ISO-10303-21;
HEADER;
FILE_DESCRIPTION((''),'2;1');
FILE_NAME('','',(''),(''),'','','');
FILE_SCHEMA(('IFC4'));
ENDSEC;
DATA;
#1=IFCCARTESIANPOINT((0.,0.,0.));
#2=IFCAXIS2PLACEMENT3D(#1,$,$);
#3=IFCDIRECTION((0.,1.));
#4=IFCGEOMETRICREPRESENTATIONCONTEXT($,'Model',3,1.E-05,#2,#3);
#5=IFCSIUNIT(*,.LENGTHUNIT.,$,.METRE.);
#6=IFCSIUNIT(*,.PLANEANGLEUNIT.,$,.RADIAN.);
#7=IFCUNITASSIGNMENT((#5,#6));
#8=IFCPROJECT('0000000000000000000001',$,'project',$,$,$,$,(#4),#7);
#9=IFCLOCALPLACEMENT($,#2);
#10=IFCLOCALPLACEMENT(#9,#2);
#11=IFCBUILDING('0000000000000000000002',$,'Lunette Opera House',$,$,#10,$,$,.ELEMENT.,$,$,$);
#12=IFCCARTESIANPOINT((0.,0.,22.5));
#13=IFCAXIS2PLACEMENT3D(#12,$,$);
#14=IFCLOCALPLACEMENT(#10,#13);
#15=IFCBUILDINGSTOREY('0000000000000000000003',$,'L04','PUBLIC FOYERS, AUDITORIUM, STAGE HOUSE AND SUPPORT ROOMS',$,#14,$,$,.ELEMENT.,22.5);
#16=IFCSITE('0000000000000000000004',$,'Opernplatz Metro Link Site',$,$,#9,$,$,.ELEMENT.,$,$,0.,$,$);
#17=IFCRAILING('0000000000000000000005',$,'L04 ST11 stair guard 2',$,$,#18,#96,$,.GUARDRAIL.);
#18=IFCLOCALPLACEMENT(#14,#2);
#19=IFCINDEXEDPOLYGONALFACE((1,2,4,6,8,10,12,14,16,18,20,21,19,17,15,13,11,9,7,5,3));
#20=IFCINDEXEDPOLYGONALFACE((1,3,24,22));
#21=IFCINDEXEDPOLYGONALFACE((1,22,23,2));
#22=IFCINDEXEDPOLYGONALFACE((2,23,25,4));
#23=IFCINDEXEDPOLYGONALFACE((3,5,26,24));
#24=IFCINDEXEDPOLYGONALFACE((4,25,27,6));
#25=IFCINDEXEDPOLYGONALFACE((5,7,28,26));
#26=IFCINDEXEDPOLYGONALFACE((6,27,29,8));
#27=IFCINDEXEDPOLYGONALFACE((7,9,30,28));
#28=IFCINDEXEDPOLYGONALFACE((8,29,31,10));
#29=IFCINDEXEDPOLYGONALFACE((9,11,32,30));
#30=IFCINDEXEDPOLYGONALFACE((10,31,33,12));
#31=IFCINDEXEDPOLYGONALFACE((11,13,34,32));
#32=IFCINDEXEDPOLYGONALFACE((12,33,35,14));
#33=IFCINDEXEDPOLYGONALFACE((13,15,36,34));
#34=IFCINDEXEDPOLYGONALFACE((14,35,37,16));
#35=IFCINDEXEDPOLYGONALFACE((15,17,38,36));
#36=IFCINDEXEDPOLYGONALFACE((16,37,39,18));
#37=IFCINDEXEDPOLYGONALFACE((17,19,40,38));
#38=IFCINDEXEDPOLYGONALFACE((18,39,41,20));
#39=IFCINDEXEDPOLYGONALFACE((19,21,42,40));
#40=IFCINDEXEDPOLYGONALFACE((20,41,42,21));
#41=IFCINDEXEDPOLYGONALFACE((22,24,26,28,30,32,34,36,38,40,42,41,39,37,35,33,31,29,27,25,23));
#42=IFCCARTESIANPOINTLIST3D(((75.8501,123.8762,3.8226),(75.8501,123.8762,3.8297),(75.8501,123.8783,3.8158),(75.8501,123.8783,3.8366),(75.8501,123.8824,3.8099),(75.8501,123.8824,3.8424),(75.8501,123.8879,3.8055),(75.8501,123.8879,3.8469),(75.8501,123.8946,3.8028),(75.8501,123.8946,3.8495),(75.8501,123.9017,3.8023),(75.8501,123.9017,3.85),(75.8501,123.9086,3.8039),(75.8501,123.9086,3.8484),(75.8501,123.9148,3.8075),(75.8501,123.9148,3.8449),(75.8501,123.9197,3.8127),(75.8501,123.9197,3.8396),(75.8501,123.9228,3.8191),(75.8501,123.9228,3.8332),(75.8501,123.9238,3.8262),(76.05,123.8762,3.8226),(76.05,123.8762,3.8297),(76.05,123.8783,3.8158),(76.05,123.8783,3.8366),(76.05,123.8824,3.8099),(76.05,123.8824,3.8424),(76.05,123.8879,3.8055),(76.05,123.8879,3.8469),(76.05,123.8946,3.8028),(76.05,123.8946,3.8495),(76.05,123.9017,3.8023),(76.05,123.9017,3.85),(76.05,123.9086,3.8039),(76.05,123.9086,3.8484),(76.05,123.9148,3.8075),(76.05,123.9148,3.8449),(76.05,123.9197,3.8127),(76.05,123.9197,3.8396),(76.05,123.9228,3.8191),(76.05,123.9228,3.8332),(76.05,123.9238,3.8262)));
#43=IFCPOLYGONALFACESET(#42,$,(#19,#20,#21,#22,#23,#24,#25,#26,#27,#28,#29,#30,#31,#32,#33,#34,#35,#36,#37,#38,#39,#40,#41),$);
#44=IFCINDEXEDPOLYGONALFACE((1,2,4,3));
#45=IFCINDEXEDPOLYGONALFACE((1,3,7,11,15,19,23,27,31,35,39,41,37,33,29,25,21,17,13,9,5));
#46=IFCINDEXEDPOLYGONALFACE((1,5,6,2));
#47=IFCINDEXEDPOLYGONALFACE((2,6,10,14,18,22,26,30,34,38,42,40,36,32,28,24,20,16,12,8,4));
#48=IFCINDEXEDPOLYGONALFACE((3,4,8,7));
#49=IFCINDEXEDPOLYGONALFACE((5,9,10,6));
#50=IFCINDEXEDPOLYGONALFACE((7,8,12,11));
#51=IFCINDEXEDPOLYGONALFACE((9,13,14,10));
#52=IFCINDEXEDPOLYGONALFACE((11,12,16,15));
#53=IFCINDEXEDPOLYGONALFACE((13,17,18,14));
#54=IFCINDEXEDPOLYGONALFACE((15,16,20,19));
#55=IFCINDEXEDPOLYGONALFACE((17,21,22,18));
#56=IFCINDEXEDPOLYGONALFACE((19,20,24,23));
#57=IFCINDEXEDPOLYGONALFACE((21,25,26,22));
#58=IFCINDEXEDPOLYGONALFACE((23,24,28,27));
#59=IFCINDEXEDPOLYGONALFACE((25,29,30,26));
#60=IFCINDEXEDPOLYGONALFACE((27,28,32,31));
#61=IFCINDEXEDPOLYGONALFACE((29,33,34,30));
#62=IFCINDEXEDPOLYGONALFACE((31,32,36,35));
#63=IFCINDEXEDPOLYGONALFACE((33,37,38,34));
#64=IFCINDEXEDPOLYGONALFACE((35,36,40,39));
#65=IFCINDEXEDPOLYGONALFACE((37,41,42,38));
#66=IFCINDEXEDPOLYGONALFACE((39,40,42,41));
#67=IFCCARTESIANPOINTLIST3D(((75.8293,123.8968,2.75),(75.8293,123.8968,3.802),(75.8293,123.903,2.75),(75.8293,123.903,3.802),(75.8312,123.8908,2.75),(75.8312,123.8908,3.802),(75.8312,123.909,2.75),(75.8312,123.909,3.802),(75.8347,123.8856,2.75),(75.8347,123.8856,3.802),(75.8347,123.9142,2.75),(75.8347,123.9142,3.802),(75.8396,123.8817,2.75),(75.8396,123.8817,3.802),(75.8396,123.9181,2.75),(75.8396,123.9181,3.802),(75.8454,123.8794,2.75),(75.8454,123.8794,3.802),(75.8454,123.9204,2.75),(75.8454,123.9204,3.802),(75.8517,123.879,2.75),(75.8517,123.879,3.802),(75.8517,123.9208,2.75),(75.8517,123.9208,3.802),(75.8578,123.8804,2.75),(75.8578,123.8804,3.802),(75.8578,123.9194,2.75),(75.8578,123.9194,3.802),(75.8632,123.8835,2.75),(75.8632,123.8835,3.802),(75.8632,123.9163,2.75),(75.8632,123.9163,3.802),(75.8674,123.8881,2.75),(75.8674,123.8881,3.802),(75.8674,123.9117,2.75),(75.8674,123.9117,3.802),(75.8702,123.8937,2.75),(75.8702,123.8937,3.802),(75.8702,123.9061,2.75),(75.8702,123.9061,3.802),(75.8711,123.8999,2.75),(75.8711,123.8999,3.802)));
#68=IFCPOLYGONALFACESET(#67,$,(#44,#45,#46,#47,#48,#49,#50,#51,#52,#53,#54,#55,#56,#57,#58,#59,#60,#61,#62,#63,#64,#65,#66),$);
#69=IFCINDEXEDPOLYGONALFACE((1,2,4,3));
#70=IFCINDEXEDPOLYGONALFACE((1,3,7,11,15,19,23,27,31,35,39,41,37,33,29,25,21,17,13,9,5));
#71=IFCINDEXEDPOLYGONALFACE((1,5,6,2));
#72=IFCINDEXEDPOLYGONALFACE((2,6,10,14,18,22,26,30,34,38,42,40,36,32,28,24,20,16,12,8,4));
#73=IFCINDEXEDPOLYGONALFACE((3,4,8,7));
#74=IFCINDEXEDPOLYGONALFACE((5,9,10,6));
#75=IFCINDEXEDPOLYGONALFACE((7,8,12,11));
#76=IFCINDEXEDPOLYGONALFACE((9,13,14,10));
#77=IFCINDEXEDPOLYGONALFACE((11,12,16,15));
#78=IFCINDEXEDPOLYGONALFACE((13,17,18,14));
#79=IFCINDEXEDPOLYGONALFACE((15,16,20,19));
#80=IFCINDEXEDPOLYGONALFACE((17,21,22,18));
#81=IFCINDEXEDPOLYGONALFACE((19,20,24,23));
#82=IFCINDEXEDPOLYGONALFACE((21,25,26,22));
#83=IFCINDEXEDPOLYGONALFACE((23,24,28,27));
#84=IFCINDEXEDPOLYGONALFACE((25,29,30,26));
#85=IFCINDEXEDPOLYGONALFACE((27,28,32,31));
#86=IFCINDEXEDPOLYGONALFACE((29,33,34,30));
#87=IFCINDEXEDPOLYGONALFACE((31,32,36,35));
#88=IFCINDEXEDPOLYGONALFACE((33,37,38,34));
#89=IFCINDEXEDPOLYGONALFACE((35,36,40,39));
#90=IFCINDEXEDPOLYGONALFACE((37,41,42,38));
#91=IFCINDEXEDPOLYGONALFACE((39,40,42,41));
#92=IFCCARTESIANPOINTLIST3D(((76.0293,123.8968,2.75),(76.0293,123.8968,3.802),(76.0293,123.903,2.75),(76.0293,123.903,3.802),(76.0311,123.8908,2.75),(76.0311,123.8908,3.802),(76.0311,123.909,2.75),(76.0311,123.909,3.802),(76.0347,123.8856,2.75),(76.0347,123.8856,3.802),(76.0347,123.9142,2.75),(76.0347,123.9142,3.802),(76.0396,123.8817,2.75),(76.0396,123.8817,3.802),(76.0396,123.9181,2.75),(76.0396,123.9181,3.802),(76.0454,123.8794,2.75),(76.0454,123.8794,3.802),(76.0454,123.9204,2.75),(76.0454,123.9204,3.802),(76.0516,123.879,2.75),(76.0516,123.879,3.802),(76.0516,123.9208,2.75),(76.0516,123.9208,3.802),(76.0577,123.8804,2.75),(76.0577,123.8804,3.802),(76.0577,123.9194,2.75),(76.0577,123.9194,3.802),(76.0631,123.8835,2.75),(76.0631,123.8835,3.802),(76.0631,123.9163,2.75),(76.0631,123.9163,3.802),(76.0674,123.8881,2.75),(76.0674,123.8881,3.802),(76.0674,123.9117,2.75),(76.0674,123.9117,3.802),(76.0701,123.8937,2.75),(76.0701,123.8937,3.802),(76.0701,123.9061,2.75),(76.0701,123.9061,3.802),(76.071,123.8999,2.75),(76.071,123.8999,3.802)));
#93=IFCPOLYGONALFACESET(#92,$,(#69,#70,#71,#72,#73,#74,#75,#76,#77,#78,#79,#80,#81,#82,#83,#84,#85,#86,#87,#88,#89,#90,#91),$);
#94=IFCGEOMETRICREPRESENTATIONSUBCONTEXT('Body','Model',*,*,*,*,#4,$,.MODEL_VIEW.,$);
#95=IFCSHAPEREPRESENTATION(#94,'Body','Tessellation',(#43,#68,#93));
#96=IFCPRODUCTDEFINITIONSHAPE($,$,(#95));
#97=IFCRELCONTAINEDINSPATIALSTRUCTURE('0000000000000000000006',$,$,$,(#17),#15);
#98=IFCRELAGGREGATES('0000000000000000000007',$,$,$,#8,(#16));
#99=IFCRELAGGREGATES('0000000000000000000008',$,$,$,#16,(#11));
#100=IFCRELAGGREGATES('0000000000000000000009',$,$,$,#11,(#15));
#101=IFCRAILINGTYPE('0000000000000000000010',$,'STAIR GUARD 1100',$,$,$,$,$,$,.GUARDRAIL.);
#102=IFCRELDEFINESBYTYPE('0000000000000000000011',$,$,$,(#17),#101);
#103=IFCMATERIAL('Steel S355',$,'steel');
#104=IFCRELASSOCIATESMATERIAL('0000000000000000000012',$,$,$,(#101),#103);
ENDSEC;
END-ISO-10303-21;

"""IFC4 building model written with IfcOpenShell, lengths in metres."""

from ifc_helpers import new_model, si_unit, direction, frame, origin, origin_2d, place, context, subcontext, project, spatial, circle, extrude, material, type_object, element, save


model = new_model("IFC4")

# Units and contexts
model_context = context("Model", 3, precision=1e-05, world=origin(), true_north=direction((0.0, 1.0)))
body_context = subcontext(model_context, "Body", "Model", "MODEL_VIEW")
ifc_project = project(units=[si_unit("LENGTHUNIT", "METRE"), si_unit("PLANEANGLEUNIT", "RADIAN")], contexts=[model_context])

# Site, building, storey
site_placement = place(None, origin())
site = spatial("IfcSite", under=ifc_project, at=site_placement, Name="Opernplatz Metro Link Site", CompositionType="ELEMENT", RefElevation=0.0)
building_placement = place(site_placement, origin())
building = spatial("IfcBuilding", under=site, at=building_placement, Name="Lunette Opera House", CompositionType="ELEMENT")
storey_placement = place(building_placement, frame((0.0, 0.0, 22.5)))
storey = spatial("IfcBuildingStorey", under=building, at=storey_placement, Name="L04", Description="PUBLIC FOYERS, AUDITORIUM, STAGE HOUSE AND SUPPORT ROOMS", CompositionType="ELEMENT", Elevation=22.5)

# Railing
ifc_material_1 = material(Name="Steel S355", Category="steel")
railing_type_1 = type_object("IfcRailingType", Name="STAIR GUARD 1100", PredefinedType="GUARDRAIL", material=ifc_material_1)
railing_1_placement = place(storey_placement, frame((75.8501, 123.8999, 2.75)))
element("IfcRailing", 1, at=railing_1_placement, inside=storey, type_object=railing_type_1, Name="L04 ST11 stair guard 2", PredefinedType="GUARDRAIL", context=body_context, shape_type="SweptSolid", body=[
    extrude(circle(Radius=0.0239, at=origin_2d()), frame((0.0, 0.0, 1.0762), z_axis=(1.0, 0.0, 0.0), x_axis=(0.0, 1.0, 0.0)), (0.0, 0.0, 1.0), 0.2),
    extrude(circle(Radius=0.021, at=origin_2d()), origin(), (0.0, 0.0, 1.0), 1.052),
    extrude(circle(Radius=0.021, at=origin_2d()), frame((0.2, 0.0, 0.0)), (0.0, 0.0, 1.0), 1.052),
])

save(model, "model.ifc")
